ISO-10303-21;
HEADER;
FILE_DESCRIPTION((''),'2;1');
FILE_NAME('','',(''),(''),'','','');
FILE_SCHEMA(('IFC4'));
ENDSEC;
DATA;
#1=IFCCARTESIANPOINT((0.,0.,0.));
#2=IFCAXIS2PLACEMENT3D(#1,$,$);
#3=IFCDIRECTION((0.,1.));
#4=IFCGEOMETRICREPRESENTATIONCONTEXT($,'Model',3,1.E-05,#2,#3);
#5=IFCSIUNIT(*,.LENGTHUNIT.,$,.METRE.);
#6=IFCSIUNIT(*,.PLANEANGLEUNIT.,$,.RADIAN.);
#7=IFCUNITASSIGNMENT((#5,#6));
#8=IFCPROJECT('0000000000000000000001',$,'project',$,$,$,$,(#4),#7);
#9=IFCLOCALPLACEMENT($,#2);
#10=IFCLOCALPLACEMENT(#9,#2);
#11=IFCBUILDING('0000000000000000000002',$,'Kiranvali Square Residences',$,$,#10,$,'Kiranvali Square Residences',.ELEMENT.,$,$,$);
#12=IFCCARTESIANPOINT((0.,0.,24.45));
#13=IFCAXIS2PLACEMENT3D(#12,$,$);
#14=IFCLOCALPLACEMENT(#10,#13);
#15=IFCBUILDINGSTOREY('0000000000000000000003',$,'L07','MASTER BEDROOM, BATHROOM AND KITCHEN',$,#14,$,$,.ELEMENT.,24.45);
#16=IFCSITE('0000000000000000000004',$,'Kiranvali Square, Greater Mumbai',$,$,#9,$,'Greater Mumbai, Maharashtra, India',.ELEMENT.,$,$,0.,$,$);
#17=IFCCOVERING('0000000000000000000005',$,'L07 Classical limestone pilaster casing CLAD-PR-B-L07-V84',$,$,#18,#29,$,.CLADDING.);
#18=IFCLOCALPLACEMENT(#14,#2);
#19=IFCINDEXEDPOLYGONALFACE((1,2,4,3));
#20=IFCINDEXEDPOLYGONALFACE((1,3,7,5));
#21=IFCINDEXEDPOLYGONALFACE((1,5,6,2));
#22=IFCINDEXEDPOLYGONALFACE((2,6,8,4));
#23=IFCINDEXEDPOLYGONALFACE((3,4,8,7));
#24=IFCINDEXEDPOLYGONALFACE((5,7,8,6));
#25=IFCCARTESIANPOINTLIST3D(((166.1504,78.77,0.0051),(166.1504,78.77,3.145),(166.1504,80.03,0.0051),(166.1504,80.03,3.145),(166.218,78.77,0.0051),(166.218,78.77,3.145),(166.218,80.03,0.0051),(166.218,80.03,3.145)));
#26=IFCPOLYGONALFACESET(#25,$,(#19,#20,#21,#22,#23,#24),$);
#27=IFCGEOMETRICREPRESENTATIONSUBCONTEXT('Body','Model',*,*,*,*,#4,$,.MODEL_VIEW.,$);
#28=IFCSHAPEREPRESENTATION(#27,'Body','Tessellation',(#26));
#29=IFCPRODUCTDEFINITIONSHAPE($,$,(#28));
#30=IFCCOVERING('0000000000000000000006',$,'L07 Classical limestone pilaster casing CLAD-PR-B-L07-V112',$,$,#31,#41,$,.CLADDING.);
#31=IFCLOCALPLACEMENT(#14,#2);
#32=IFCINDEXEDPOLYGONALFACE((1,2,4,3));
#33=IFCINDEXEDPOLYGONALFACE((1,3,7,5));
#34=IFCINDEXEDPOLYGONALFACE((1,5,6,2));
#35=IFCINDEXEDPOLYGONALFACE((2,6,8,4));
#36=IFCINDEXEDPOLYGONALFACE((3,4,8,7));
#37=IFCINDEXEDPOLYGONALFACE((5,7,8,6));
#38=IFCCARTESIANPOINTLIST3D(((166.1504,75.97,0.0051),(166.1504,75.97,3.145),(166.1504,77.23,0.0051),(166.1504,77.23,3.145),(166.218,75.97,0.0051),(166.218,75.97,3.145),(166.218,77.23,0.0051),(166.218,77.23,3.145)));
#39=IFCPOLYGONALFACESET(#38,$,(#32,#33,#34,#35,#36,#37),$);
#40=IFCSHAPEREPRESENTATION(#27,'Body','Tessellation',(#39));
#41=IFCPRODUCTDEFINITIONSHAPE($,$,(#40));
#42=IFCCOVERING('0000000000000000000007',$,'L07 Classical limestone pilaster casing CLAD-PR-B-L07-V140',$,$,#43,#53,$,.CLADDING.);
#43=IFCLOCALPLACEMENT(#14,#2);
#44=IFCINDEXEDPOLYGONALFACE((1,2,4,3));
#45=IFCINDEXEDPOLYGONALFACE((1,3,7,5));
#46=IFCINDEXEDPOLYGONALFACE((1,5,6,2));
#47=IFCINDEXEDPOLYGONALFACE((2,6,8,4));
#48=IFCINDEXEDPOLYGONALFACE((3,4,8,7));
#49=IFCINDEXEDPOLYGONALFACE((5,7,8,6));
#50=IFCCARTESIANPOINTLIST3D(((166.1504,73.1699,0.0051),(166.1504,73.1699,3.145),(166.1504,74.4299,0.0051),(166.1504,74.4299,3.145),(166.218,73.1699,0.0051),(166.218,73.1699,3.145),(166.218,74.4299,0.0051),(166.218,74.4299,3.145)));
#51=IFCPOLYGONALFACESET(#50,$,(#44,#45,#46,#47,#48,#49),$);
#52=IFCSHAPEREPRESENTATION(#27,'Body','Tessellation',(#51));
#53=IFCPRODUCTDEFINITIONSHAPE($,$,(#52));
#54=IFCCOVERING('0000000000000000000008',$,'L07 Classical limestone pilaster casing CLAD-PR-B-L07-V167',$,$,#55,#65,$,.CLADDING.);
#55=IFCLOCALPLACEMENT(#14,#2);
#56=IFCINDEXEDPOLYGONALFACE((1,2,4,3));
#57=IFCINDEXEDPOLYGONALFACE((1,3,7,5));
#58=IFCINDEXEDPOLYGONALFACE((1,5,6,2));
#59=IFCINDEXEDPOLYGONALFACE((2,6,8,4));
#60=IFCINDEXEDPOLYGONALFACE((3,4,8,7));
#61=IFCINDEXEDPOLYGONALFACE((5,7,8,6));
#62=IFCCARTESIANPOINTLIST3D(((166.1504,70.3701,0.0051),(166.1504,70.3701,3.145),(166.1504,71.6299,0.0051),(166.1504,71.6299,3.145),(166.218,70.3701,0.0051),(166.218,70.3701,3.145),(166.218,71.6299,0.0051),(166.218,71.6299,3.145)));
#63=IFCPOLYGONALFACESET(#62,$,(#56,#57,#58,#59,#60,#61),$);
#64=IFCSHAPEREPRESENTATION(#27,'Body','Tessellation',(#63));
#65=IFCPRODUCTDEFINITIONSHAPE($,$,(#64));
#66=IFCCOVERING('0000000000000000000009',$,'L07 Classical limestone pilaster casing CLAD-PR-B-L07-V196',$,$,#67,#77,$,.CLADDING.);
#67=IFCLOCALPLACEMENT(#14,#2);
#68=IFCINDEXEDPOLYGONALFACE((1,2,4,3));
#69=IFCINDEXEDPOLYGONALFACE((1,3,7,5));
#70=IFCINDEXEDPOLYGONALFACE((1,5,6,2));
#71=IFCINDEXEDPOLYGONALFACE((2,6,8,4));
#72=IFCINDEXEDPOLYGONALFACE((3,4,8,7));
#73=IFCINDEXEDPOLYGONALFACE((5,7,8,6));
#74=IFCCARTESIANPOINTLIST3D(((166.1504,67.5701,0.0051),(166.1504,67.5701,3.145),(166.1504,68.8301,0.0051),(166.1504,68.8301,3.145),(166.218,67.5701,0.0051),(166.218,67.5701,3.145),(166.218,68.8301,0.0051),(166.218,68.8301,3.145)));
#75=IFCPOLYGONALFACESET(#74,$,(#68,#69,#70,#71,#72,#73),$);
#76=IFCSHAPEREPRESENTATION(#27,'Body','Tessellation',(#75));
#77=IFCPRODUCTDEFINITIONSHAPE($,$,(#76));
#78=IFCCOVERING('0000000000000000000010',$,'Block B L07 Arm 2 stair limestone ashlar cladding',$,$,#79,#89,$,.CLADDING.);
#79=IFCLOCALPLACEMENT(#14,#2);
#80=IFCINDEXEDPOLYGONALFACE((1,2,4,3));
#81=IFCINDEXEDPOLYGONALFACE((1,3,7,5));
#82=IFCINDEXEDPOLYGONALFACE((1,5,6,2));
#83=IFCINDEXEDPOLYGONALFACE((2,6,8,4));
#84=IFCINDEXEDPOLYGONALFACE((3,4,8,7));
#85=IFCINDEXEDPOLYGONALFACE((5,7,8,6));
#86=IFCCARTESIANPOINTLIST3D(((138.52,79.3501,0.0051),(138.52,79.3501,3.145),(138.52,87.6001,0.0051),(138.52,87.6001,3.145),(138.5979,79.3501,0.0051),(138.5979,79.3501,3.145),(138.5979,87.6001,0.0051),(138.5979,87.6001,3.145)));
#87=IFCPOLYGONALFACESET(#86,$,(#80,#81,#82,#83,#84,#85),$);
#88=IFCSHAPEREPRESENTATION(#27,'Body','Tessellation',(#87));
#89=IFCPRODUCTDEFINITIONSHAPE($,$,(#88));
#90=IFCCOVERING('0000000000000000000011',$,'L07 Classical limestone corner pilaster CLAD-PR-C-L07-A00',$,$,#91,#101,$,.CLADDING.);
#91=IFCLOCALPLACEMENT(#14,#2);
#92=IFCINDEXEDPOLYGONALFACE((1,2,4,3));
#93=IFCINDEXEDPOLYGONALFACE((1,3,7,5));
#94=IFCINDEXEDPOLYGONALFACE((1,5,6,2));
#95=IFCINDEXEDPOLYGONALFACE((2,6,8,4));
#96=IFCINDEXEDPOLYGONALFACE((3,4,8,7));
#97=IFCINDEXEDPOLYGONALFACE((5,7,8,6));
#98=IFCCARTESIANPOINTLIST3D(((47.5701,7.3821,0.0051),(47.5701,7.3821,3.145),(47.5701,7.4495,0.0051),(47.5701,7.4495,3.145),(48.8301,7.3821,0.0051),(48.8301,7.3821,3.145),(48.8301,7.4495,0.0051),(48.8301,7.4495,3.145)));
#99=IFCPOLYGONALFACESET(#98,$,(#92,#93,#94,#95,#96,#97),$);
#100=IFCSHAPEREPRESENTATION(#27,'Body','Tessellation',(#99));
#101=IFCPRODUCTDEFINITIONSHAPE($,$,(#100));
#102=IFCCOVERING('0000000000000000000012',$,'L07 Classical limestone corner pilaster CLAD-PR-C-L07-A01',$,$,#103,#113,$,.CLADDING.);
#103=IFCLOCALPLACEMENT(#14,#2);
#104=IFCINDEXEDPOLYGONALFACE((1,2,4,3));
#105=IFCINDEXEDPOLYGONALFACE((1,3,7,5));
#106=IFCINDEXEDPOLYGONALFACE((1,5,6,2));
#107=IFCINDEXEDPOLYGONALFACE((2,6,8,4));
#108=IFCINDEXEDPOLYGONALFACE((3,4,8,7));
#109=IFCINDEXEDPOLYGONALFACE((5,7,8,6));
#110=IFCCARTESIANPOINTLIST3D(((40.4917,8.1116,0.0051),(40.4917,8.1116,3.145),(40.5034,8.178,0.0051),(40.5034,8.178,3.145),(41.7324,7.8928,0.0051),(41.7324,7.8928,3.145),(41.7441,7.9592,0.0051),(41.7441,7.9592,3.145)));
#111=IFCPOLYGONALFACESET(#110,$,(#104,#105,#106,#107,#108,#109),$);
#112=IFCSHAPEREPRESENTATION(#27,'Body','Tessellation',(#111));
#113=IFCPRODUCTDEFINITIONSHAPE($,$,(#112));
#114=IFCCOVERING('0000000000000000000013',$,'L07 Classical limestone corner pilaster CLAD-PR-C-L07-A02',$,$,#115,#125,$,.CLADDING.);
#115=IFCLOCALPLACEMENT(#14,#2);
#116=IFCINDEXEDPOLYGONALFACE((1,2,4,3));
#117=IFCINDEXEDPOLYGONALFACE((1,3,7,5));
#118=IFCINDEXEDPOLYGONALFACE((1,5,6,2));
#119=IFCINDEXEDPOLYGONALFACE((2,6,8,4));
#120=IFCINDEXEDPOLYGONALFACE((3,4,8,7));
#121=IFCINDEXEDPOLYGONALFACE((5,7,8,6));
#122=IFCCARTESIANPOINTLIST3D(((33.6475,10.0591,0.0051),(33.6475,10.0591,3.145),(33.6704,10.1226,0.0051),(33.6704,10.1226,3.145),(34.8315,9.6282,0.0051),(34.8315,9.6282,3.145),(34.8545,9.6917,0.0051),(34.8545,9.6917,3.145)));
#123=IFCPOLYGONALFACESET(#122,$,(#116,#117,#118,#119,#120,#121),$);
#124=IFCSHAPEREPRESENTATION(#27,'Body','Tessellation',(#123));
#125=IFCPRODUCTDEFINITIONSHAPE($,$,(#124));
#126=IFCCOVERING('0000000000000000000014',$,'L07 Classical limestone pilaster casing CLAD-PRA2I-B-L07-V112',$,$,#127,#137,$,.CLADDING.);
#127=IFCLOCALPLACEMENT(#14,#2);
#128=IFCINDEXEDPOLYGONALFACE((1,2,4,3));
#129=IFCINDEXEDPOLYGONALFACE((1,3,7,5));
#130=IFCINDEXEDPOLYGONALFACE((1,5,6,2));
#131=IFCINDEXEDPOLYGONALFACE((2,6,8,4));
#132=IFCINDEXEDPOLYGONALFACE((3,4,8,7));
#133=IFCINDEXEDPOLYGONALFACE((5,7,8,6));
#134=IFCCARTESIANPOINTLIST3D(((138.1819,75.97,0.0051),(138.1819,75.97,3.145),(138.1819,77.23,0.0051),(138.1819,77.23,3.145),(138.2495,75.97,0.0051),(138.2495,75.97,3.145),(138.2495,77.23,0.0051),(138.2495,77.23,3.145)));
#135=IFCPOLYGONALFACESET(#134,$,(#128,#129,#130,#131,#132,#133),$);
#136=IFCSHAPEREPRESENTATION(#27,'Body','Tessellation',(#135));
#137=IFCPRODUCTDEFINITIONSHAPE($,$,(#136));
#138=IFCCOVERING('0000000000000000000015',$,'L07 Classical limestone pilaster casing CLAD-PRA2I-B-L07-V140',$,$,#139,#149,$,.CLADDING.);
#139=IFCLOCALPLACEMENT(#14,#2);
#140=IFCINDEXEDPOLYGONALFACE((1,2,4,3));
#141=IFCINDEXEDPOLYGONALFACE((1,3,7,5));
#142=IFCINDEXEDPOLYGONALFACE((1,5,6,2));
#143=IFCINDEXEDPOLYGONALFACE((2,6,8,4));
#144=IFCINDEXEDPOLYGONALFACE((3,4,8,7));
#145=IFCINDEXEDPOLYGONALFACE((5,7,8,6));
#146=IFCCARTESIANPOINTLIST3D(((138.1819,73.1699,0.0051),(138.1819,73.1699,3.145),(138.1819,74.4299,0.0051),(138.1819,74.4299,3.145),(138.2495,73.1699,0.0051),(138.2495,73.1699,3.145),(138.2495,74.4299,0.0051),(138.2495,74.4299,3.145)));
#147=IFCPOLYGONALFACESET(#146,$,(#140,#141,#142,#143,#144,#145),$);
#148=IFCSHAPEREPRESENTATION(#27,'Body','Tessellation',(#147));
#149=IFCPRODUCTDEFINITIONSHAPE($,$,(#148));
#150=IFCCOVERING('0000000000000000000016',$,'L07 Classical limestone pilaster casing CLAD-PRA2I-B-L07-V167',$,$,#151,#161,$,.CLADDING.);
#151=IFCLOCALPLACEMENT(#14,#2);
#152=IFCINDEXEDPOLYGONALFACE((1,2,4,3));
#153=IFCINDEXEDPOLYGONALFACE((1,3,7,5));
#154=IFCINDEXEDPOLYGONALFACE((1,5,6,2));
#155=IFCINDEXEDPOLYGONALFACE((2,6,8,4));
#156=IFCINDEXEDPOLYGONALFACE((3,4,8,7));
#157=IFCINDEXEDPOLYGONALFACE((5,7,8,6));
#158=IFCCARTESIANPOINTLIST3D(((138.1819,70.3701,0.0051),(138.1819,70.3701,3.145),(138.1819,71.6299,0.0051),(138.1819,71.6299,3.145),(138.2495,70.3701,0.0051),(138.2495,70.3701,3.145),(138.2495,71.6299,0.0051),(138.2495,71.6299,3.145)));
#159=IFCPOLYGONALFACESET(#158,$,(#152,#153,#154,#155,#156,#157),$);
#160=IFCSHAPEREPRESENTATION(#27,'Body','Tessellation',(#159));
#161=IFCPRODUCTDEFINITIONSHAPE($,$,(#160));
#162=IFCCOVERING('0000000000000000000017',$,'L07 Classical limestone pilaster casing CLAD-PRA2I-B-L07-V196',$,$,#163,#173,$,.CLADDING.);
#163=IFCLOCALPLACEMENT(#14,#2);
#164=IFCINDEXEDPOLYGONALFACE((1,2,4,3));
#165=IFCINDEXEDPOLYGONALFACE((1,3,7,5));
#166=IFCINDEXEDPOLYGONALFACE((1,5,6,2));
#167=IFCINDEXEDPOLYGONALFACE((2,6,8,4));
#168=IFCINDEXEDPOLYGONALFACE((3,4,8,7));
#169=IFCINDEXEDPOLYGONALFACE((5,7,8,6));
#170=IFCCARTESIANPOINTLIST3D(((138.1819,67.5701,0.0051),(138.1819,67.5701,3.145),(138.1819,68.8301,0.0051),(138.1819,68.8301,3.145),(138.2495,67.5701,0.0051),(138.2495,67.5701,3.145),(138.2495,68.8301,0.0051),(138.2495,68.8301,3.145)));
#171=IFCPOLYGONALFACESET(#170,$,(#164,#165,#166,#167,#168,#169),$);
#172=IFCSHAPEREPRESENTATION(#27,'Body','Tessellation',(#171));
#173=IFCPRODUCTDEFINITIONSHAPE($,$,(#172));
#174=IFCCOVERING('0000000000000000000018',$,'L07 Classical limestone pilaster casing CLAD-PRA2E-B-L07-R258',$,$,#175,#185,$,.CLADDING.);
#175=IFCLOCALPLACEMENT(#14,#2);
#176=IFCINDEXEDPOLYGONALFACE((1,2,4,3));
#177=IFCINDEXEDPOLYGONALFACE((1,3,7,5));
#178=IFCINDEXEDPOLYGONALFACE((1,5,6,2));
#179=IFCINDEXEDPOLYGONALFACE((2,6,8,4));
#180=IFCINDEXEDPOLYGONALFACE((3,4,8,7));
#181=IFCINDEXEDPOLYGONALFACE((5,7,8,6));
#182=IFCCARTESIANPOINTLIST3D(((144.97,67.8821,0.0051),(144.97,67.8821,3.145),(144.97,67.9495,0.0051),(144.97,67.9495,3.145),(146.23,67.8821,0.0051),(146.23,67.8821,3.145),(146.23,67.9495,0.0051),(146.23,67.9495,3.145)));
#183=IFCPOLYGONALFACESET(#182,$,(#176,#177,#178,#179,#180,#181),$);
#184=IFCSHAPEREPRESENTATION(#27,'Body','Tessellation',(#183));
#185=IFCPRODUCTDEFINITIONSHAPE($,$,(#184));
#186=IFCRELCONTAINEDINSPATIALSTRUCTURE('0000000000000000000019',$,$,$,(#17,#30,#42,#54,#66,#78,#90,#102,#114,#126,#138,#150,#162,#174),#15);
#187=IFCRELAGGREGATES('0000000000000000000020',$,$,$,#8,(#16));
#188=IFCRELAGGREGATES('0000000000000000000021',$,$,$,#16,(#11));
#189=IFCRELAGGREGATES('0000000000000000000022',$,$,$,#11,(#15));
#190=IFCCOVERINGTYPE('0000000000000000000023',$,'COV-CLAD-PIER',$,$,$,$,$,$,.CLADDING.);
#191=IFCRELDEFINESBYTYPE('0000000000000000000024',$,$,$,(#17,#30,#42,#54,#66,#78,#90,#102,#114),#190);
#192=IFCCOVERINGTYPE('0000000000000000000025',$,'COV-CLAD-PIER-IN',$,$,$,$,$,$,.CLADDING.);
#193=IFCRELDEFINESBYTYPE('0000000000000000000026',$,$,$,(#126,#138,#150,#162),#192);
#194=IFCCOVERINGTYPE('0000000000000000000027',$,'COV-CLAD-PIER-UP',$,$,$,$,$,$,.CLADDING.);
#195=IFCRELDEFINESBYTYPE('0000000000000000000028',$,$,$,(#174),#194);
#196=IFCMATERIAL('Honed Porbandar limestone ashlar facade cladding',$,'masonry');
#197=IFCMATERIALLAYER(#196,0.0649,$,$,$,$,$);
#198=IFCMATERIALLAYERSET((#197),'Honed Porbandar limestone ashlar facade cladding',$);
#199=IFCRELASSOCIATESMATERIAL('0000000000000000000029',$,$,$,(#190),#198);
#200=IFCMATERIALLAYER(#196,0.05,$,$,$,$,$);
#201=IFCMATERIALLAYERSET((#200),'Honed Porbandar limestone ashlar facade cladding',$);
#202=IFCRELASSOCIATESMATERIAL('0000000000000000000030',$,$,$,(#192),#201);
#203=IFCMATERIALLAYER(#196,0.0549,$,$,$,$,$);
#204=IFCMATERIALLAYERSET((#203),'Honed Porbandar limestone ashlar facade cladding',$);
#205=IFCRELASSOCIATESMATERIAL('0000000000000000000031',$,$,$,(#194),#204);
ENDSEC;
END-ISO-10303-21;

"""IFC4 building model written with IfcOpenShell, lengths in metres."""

from ifc_helpers import new_model, si_unit, direction, frame, origin, place, context, subcontext, project, spatial, polyline, outline, extrude, material, layer, layer_set, type_object, element, save


model = new_model("IFC4")

# Units and contexts
model_context = context("Model", 3, precision=1e-05, world=origin(), true_north=direction((0.0, 1.0)))
body_context = subcontext(model_context, "Body", "Model", "MODEL_VIEW")
ifc_project = project(units=[si_unit("LENGTHUNIT", "METRE"), si_unit("PLANEANGLEUNIT", "RADIAN")], contexts=[model_context])

# Site, building, storey
site_placement = place(None, origin())
site = spatial("IfcSite", under=ifc_project, at=site_placement, Name="Kiranvali Square, Greater Mumbai", LongName="Greater Mumbai, Maharashtra, India", CompositionType="ELEMENT", RefElevation=0.0)
building_placement = place(site_placement, origin())
building = spatial("IfcBuilding", under=site, at=building_placement, Name="Kiranvali Square Residences", LongName="Kiranvali Square Residences", CompositionType="ELEMENT")
storey_placement = place(building_placement, frame((0.0, 0.0, 24.45)))
storey = spatial("IfcBuildingStorey", under=building, at=storey_placement, Name="L07", Description="MASTER BEDROOM, BATHROOM AND KITCHEN", CompositionType="ELEMENT", Elevation=24.45)

# Coverings
ifc_material = material(Name="Honed Porbandar limestone ashlar facade cladding", Category="masonry")
ifc_layer_1 = layer(ifc_material, 0.0649)
ifc_layer_set_1 = layer_set([ifc_layer_1], Name="Honed Porbandar limestone ashlar facade cladding")
covering_type_1 = type_object("IfcCoveringType", Name="COV-CLAD-PIER", PredefinedType="CLADDING", material=ifc_layer_set_1)
covering_1_placement = place(storey_placement, frame((0.0, 0.0, 0.0051)))
element("IfcCovering", 1, at=covering_1_placement, inside=storey, type_object=covering_type_1, Name="L07 Classical limestone pilaster casing CLAD-PR-B-L07-V84", PredefinedType="CLADDING", context=body_context, shape_type="SweptSolid", body=[
    extrude(outline(polyline([(166.1504, 80.03), (166.1504, 78.77), (166.218, 78.77), (166.218, 80.03), (166.1504, 80.03)])), origin(), (0.0, 0.0, 1.0), 3.1399),
])
covering_2_placement = place(storey_placement, frame((0.0, 0.0, 0.0051)))
element("IfcCovering", 2, at=covering_2_placement, inside=storey, type_object=covering_type_1, Name="L07 Classical limestone pilaster casing CLAD-PR-B-L07-V112", PredefinedType="CLADDING", context=body_context, shape_type="SweptSolid", body=[
    extrude(outline(polyline([(166.1504, 77.23), (166.1504, 75.97), (166.218, 75.97), (166.218, 77.23), (166.1504, 77.23)])), origin(), (0.0, 0.0, 1.0), 3.1399),
])
covering_3_placement = place(storey_placement, frame((0.0, 0.0, 0.0051)))
element("IfcCovering", 3, at=covering_3_placement, inside=storey, type_object=covering_type_1, Name="L07 Classical limestone pilaster casing CLAD-PR-B-L07-V140", PredefinedType="CLADDING", context=body_context, shape_type="SweptSolid", body=[
    extrude(outline(polyline([(166.1504, 74.4299), (166.1504, 73.1699), (166.218, 73.1699), (166.218, 74.4299), (166.1504, 74.4299)])), origin(), (0.0, 0.0, 1.0), 3.1399),
])
covering_4_placement = place(storey_placement, frame((0.0, 0.0, 0.0051)))
element("IfcCovering", 4, at=covering_4_placement, inside=storey, type_object=covering_type_1, Name="L07 Classical limestone pilaster casing CLAD-PR-B-L07-V167", PredefinedType="CLADDING", context=body_context, shape_type="SweptSolid", body=[
    extrude(outline(polyline([(166.1504, 71.6299), (166.1504, 70.3701), (166.218, 70.3701), (166.218, 71.6299), (166.1504, 71.6299)])), origin(), (0.0, 0.0, 1.0), 3.1399),
])
covering_5_placement = place(storey_placement, frame((0.0, 0.0, 0.0051)))
element("IfcCovering", 5, at=covering_5_placement, inside=storey, type_object=covering_type_1, Name="L07 Classical limestone pilaster casing CLAD-PR-B-L07-V196", PredefinedType="CLADDING", context=body_context, shape_type="SweptSolid", body=[
    extrude(outline(polyline([(166.1504, 68.8301), (166.1504, 67.5701), (166.218, 67.5701), (166.218, 68.8301), (166.1504, 68.8301)])), origin(), (0.0, 0.0, 1.0), 3.1399),
])
covering_6_placement = place(storey_placement, frame((0.0, 0.0, 0.0051)))
element("IfcCovering", 6, at=covering_6_placement, inside=storey, type_object=covering_type_1, Name="Block B L07 Arm 2 stair limestone ashlar cladding", PredefinedType="CLADDING", context=body_context, shape_type="SweptSolid", body=[
    extrude(outline(polyline([(138.52, 87.6001), (138.52, 79.3501), (138.5979, 79.3501), (138.5979, 87.6001), (138.52, 87.6001)])), origin(), (0.0, 0.0, 1.0), 3.1399),
])
covering_7_placement = place(storey_placement, frame((0.0, 0.0, 0.0051)))
element("IfcCovering", 7, at=covering_7_placement, inside=storey, type_object=covering_type_1, Name="L07 Classical limestone corner pilaster CLAD-PR-C-L07-A00", PredefinedType="CLADDING", context=body_context, shape_type="SweptSolid", body=[
    extrude(outline(polyline([(47.5701, 7.3821), (48.8301, 7.3821), (48.8301, 7.4495), (47.5701, 7.4495), (47.5701, 7.3821)])), origin(), (0.0, 0.0, 1.0), 3.1399),
])
covering_8_placement = place(storey_placement, frame((0.0, 0.0, 0.0051)))
element("IfcCovering", 8, at=covering_8_placement, inside=storey, type_object=covering_type_1, Name="L07 Classical limestone corner pilaster CLAD-PR-C-L07-A01", PredefinedType="CLADDING", context=body_context, shape_type="SweptSolid", body=[
    extrude(outline(polyline([(40.4917, 8.1116), (41.7324, 7.8928), (41.7441, 7.9592), (40.5034, 8.178), (40.4917, 8.1116)])), origin(), (0.0, 0.0, 1.0), 3.1399),
])
covering_9_placement = place(storey_placement, frame((0.0, 0.0, 0.0051)))
element("IfcCovering", 9, at=covering_9_placement, inside=storey, type_object=covering_type_1, Name="L07 Classical limestone corner pilaster CLAD-PR-C-L07-A02", PredefinedType="CLADDING", context=body_context, shape_type="SweptSolid", body=[
    extrude(outline(polyline([(33.6475, 10.0591), (34.8315, 9.6282), (34.8545, 9.6917), (33.6704, 10.1226), (33.6475, 10.0591)])), origin(), (0.0, 0.0, 1.0), 3.1399),
])
ifc_layer_2 = layer(ifc_material, 0.05)
ifc_layer_set_2 = layer_set([ifc_layer_2], Name="Honed Porbandar limestone ashlar facade cladding")
covering_type_2 = type_object("IfcCoveringType", Name="COV-CLAD-PIER-IN", PredefinedType="CLADDING", material=ifc_layer_set_2)
covering_10_placement = place(storey_placement, frame((0.0, 0.0, 0.0051)))
element("IfcCovering", 10, at=covering_10_placement, inside=storey, type_object=covering_type_2, Name="L07 Classical limestone pilaster casing CLAD-PRA2I-B-L07-V112", PredefinedType="CLADDING", context=body_context, shape_type="SweptSolid", body=[
    extrude(outline(polyline([(138.1819, 77.23), (138.1819, 75.97), (138.2495, 75.97), (138.2495, 77.23), (138.1819, 77.23)])), origin(), (0.0, 0.0, 1.0), 3.1399),
])
covering_11_placement = place(storey_placement, frame((0.0, 0.0, 0.0051)))
element("IfcCovering", 11, at=covering_11_placement, inside=storey, type_object=covering_type_2, Name="L07 Classical limestone pilaster casing CLAD-PRA2I-B-L07-V140", PredefinedType="CLADDING", context=body_context, shape_type="SweptSolid", body=[
    extrude(outline(polyline([(138.1819, 74.4299), (138.1819, 73.1699), (138.2495, 73.1699), (138.2495, 74.4299), (138.1819, 74.4299)])), origin(), (0.0, 0.0, 1.0), 3.1399),
])
covering_12_placement = place(storey_placement, frame((0.0, 0.0, 0.0051)))
element("IfcCovering", 12, at=covering_12_placement, inside=storey, type_object=covering_type_2, Name="L07 Classical limestone pilaster casing CLAD-PRA2I-B-L07-V167", PredefinedType="CLADDING", context=body_context, shape_type="SweptSolid", body=[
    extrude(outline(polyline([(138.1819, 71.6299), (138.1819, 70.3701), (138.2495, 70.3701), (138.2495, 71.6299), (138.1819, 71.6299)])), origin(), (0.0, 0.0, 1.0), 3.1399),
])
covering_13_placement = place(storey_placement, frame((0.0, 0.0, 0.0051)))
element("IfcCovering", 13, at=covering_13_placement, inside=storey, type_object=covering_type_2, Name="L07 Classical limestone pilaster casing CLAD-PRA2I-B-L07-V196", PredefinedType="CLADDING", context=body_context, shape_type="SweptSolid", body=[
    extrude(outline(polyline([(138.1819, 68.8301), (138.1819, 67.5701), (138.2495, 67.5701), (138.2495, 68.8301), (138.1819, 68.8301)])), origin(), (0.0, 0.0, 1.0), 3.1399),
])
ifc_layer_3 = layer(ifc_material, 0.0549)
ifc_layer_set_3 = layer_set([ifc_layer_3], Name="Honed Porbandar limestone ashlar facade cladding")
covering_type_3 = type_object("IfcCoveringType", Name="COV-CLAD-PIER-UP", PredefinedType="CLADDING", material=ifc_layer_set_3)
covering_14_placement = place(storey_placement, frame((0.0, 0.0, 0.0051)))
element("IfcCovering", 14, at=covering_14_placement, inside=storey, type_object=covering_type_3, Name="L07 Classical limestone pilaster casing CLAD-PRA2E-B-L07-R258", PredefinedType="CLADDING", context=body_context, shape_type="SweptSolid", body=[
    extrude(outline(polyline([(144.97, 67.8821), (146.23, 67.8821), (146.23, 67.9495), (144.97, 67.9495), (144.97, 67.8821)])), origin(), (0.0, 0.0, 1.0), 3.1399),
])

save(model, "model.ifc")
